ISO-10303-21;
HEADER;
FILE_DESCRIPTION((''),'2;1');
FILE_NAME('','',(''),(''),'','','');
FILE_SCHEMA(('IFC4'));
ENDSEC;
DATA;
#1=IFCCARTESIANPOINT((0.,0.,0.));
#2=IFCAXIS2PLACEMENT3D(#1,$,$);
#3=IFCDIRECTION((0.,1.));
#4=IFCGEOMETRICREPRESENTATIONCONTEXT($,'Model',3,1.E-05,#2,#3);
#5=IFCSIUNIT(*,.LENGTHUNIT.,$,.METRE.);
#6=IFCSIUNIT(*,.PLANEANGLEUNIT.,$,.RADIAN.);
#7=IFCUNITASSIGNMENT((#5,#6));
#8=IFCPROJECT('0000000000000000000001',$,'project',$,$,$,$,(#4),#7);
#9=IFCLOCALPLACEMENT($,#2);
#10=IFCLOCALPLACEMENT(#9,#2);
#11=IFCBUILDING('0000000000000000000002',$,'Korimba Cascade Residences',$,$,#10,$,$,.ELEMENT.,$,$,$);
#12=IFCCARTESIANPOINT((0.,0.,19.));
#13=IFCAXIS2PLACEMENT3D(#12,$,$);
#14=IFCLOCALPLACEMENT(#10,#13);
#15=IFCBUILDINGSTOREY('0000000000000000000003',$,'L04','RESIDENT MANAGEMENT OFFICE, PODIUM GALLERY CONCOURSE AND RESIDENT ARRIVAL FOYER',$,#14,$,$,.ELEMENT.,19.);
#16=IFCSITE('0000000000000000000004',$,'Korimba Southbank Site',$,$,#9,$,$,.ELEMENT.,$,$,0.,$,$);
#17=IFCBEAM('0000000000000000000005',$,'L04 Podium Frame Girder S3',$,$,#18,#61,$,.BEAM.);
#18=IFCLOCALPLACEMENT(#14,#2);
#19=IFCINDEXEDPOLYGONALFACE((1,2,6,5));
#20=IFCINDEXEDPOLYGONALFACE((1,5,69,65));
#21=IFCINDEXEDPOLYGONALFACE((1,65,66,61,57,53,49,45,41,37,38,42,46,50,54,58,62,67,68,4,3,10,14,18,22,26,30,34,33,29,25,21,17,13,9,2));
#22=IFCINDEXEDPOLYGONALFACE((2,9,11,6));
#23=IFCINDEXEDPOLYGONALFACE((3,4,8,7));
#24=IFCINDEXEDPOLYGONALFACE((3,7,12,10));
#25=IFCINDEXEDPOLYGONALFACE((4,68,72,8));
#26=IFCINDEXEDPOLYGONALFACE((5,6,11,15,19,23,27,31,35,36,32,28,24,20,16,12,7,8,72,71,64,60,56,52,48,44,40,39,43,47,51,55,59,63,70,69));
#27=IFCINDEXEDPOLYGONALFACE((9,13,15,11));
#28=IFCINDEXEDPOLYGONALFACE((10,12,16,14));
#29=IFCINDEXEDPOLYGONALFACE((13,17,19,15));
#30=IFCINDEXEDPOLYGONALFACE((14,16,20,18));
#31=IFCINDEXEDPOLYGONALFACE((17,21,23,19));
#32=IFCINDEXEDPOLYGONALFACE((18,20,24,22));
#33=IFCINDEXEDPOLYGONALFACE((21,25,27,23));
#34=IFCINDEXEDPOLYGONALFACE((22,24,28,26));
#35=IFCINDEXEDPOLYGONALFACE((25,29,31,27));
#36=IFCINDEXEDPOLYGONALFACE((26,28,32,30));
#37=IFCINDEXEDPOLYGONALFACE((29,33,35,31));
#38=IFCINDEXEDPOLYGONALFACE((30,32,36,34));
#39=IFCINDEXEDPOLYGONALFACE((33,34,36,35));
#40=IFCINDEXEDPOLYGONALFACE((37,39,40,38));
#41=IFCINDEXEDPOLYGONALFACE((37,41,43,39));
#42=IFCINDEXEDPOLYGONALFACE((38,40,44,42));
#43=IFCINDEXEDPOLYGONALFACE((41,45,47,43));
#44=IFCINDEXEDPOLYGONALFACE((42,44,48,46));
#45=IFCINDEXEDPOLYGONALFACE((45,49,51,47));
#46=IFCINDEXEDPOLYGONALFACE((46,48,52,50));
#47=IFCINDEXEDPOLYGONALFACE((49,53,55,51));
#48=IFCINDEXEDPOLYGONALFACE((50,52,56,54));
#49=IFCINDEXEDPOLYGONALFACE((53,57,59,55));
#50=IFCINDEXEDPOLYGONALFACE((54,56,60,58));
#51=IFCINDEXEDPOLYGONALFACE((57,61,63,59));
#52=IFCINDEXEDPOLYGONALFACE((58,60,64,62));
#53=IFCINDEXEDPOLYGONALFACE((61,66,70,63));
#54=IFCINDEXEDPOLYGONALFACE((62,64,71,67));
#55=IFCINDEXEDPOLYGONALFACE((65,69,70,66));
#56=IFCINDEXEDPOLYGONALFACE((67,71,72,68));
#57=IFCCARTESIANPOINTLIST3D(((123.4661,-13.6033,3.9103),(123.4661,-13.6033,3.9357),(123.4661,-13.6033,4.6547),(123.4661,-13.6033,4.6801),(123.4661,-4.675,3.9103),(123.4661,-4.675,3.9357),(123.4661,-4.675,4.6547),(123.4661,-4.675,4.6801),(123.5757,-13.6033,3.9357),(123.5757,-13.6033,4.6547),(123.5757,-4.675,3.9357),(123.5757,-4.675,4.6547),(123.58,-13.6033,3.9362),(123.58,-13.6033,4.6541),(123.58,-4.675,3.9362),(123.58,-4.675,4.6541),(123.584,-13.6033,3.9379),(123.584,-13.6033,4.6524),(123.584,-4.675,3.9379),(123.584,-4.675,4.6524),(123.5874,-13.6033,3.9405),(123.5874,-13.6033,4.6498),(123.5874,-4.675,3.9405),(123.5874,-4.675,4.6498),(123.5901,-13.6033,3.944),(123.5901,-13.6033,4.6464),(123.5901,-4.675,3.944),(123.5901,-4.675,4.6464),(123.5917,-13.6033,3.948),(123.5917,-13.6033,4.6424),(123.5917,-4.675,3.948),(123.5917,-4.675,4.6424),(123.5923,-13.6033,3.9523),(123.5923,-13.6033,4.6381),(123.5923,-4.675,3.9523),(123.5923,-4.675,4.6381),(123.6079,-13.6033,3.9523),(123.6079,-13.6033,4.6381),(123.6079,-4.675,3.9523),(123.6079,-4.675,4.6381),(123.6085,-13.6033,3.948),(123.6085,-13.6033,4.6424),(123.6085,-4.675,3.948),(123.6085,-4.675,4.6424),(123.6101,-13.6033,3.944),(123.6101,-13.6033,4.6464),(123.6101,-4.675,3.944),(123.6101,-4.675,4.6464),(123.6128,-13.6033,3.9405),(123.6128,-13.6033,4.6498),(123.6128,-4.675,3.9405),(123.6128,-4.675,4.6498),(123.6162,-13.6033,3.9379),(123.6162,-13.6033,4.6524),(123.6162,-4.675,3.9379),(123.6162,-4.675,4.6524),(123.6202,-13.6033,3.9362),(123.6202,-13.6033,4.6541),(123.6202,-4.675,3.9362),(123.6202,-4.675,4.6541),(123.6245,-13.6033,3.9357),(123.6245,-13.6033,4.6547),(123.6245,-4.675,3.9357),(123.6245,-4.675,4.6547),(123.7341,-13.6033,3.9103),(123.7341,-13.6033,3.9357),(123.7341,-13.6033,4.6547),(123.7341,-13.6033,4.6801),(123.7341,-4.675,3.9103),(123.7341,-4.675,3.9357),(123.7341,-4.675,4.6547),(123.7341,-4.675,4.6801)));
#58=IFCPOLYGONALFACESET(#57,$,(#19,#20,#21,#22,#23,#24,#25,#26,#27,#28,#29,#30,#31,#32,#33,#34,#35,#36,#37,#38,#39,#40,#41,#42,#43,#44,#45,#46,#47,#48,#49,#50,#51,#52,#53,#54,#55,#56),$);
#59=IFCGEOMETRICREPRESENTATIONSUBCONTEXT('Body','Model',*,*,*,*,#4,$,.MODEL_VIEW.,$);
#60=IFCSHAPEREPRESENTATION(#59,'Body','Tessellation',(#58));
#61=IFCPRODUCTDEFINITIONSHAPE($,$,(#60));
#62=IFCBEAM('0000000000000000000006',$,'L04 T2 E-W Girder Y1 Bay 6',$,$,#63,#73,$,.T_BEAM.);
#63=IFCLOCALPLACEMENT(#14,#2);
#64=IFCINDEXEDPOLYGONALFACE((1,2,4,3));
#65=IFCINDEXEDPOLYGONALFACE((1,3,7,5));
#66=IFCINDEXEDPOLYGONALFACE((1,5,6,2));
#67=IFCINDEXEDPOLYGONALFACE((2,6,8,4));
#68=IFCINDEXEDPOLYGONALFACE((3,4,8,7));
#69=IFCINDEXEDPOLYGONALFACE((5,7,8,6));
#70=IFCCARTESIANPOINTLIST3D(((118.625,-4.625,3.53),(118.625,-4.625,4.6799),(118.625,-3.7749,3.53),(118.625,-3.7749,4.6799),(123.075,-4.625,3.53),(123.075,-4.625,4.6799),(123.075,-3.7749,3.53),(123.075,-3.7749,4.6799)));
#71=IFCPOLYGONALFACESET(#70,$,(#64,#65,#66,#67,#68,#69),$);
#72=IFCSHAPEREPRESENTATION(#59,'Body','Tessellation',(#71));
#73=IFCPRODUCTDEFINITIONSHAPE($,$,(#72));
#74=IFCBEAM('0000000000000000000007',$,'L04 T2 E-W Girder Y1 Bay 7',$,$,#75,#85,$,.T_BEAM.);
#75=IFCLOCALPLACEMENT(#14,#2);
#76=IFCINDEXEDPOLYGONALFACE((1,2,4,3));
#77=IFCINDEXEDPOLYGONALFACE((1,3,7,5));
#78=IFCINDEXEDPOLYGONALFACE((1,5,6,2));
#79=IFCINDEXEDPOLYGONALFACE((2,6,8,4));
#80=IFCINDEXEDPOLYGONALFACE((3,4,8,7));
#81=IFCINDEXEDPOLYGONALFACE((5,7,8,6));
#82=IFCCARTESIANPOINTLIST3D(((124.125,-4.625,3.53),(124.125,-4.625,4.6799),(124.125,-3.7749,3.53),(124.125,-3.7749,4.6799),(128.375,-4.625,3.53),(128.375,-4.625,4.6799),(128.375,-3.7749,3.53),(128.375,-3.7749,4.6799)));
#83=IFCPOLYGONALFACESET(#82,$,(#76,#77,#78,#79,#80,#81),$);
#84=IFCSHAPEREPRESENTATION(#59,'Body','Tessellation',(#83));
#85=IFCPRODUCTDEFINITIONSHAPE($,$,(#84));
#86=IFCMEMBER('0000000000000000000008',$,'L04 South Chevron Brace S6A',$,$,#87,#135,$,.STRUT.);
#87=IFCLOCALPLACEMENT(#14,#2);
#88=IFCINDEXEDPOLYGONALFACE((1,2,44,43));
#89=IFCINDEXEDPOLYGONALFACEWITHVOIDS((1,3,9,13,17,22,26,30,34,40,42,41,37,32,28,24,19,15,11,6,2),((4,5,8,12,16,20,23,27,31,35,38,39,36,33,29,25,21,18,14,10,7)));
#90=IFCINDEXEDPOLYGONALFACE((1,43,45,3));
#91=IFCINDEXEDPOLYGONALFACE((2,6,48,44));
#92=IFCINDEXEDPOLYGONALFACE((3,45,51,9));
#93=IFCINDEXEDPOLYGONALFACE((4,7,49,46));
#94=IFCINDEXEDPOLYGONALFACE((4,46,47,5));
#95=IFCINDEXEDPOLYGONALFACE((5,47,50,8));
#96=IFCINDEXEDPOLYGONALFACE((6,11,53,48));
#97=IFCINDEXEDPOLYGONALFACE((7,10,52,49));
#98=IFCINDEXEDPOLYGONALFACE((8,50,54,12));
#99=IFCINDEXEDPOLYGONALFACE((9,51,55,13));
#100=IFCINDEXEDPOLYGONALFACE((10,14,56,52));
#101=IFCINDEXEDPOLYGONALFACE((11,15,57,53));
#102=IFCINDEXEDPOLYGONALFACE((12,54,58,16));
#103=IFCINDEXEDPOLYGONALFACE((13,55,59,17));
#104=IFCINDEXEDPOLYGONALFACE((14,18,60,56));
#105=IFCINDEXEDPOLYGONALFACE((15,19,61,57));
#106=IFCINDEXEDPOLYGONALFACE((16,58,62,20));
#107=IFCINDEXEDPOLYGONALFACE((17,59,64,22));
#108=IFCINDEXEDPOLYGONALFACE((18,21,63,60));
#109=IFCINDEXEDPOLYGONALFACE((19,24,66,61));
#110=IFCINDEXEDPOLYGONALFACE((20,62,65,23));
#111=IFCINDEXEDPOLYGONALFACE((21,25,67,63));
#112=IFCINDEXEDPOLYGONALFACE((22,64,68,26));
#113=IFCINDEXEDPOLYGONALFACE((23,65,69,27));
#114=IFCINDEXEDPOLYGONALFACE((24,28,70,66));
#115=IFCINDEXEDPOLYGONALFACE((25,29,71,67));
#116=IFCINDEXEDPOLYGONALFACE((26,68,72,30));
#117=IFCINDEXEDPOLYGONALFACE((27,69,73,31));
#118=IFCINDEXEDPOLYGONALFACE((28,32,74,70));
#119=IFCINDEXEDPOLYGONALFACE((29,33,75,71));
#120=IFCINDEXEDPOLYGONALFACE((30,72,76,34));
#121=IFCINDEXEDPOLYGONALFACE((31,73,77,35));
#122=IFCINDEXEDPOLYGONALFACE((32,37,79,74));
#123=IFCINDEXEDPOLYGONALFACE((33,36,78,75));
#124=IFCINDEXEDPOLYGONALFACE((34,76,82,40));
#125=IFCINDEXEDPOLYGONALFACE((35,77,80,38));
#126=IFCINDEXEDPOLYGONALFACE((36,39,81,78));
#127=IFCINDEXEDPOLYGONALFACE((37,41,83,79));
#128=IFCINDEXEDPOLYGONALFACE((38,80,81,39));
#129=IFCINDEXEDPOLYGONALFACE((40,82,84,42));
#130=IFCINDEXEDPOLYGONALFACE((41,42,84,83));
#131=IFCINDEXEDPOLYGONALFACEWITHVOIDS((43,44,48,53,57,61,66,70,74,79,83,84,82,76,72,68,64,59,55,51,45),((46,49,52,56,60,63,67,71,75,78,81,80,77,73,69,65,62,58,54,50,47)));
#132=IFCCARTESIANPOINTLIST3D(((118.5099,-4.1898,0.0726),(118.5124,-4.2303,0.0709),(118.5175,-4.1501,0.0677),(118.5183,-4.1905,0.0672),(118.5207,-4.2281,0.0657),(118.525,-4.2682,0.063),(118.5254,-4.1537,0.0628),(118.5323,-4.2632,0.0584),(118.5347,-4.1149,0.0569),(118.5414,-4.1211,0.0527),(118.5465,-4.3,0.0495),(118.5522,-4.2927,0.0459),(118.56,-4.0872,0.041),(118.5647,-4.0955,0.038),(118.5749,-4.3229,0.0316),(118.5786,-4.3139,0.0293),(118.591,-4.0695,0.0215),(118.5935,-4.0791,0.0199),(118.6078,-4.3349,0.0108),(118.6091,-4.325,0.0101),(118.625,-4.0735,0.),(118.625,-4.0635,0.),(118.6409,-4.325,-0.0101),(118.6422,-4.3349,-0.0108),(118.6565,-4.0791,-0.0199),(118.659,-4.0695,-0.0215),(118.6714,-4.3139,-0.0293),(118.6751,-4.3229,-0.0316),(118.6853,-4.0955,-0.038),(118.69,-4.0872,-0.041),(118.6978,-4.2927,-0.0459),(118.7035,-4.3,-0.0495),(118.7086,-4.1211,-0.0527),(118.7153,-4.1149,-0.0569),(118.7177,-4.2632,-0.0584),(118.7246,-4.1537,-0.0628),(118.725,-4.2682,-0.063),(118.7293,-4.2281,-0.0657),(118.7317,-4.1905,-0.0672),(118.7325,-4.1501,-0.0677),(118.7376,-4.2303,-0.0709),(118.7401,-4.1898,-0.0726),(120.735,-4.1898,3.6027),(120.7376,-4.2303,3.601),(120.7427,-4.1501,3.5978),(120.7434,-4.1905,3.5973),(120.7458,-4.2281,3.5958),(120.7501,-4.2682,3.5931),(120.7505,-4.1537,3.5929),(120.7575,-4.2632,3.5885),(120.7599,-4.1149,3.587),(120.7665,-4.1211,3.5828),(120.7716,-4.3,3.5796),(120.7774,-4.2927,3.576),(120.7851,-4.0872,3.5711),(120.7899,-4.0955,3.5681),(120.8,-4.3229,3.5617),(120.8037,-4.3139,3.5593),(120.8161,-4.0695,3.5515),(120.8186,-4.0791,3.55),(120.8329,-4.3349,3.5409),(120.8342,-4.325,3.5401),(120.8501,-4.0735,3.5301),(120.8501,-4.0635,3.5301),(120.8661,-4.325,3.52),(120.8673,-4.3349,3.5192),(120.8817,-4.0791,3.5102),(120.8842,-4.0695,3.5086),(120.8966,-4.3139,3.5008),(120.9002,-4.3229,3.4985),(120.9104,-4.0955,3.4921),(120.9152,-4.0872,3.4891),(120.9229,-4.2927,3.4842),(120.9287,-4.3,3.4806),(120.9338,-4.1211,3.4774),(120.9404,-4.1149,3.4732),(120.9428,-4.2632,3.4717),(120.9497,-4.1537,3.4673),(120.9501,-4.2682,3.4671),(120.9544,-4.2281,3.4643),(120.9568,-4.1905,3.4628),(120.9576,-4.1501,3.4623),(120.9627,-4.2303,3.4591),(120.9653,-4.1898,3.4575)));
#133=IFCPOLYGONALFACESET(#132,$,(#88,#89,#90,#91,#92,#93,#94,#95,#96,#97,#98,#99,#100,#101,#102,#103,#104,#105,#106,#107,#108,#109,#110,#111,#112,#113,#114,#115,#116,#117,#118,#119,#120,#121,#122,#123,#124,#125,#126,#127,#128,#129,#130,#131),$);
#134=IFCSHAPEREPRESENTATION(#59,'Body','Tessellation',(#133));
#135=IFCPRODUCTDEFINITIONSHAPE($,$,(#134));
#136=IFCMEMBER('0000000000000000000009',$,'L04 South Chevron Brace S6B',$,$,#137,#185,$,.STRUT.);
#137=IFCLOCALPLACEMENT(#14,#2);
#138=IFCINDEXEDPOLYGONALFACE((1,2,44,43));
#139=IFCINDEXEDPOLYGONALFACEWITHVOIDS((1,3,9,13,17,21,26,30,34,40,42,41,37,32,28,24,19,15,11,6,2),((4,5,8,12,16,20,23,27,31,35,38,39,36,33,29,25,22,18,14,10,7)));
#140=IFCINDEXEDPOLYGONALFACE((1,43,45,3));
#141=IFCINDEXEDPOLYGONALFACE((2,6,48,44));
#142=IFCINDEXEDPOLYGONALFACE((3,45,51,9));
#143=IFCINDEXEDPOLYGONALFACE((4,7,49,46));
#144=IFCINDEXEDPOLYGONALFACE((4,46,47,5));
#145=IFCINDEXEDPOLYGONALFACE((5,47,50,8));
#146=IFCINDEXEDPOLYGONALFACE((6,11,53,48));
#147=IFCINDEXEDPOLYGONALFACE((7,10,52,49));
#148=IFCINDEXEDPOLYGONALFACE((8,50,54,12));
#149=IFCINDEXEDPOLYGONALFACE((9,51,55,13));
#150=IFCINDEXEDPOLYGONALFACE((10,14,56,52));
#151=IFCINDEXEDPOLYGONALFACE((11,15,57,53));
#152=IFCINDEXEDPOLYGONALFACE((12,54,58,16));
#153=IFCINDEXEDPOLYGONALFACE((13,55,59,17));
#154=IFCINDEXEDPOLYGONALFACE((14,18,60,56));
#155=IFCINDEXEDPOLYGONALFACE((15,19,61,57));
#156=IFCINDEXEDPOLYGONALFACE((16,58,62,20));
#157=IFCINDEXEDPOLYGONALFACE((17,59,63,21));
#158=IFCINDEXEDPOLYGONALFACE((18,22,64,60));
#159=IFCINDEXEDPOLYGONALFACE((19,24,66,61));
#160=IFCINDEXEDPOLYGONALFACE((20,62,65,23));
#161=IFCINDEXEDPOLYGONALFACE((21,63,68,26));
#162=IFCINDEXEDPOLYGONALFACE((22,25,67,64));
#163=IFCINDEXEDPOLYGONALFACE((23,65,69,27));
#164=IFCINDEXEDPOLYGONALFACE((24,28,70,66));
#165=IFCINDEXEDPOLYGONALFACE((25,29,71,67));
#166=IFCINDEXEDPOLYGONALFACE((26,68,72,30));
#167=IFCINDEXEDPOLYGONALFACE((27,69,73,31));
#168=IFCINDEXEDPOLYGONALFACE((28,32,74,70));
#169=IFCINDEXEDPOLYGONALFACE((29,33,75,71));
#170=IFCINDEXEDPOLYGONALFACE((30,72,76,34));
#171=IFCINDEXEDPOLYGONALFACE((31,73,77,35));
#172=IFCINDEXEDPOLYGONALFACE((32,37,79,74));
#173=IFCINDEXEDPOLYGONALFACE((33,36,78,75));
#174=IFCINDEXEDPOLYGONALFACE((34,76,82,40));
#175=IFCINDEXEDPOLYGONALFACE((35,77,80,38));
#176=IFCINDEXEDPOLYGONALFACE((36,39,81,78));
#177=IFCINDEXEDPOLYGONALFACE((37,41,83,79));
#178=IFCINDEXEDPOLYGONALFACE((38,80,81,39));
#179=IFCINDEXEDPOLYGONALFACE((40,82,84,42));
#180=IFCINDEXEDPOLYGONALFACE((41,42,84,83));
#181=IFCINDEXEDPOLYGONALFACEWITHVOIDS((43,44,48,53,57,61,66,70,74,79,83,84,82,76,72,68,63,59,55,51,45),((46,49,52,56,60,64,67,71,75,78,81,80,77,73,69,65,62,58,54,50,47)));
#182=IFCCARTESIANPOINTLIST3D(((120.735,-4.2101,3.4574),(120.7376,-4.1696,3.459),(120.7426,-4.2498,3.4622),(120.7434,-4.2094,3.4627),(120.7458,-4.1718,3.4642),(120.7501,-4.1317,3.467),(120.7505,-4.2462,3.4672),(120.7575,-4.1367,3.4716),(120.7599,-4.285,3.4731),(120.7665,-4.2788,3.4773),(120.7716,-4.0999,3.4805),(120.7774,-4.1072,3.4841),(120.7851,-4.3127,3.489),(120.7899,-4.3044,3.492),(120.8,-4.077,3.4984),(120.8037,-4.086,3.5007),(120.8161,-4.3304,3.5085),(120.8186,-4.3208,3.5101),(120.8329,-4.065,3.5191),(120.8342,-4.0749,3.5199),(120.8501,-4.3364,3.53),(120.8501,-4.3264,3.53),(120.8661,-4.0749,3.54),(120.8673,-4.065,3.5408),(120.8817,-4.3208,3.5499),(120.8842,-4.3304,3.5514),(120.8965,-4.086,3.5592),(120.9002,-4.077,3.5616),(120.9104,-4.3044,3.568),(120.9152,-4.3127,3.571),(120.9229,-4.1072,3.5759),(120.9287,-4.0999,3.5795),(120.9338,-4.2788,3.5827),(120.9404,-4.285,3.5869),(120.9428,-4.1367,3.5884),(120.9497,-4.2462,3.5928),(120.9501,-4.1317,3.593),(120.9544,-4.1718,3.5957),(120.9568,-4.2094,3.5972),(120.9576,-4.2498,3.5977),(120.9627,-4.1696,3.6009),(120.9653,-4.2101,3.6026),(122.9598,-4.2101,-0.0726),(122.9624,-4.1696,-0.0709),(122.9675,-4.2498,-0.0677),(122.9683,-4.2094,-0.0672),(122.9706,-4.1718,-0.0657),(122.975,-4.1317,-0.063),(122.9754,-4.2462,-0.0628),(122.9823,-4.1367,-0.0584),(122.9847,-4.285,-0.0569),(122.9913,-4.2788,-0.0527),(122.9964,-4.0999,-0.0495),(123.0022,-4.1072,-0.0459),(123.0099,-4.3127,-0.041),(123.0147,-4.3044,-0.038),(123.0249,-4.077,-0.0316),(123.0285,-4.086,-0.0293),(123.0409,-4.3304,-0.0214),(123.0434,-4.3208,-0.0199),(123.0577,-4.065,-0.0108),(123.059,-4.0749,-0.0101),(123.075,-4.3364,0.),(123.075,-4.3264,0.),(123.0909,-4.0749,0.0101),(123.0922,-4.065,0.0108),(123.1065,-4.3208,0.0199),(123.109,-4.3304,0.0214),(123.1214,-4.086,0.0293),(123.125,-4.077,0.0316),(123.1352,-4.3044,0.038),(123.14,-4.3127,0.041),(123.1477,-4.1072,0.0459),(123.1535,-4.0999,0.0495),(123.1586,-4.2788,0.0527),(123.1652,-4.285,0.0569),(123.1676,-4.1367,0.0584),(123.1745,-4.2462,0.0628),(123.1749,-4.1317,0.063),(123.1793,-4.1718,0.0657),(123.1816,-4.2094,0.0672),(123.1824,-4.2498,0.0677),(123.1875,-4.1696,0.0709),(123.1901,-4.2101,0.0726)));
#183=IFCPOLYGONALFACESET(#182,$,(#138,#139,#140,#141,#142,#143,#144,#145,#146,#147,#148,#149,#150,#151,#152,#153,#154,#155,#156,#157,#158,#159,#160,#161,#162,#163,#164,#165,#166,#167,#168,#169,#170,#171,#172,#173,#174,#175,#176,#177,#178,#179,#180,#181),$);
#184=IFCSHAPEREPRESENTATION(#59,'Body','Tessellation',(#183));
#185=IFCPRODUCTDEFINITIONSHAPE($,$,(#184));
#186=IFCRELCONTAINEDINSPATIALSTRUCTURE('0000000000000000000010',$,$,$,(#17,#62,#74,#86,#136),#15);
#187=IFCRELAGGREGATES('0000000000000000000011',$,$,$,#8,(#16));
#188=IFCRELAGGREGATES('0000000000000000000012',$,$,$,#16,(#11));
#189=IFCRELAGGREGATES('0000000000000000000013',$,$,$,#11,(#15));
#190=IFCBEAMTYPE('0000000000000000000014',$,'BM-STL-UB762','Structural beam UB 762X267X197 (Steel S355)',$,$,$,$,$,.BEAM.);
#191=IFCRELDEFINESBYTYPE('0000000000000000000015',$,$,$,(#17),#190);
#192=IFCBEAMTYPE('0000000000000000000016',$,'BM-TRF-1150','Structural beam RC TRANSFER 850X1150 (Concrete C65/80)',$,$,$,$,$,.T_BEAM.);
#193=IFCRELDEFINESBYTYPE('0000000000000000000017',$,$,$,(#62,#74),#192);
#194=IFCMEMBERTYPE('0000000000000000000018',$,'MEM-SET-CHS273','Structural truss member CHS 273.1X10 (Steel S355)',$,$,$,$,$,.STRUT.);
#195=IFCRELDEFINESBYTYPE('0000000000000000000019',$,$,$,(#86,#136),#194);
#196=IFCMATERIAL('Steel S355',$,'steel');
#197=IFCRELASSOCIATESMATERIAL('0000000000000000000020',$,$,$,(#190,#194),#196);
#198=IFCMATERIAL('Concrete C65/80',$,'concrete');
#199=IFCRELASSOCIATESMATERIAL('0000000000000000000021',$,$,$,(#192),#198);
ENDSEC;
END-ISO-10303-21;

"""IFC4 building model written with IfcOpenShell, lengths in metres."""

from ifc_helpers import new_model, si_unit, direction, frame, origin, origin_2d, place, context, subcontext, project, spatial, rectangle, hollow_circle, i_section, extrude, material, material_profile, profile_set, type_object, element, save


model = new_model("IFC4")

# Units and contexts
model_context = context("Model", 3, precision=1e-05, world=origin(), true_north=direction((0.0, 1.0)))
body_context = subcontext(model_context, "Body", "Model", "MODEL_VIEW")
ifc_project = project(units=[si_unit("LENGTHUNIT", "METRE"), si_unit("PLANEANGLEUNIT", "RADIAN")], contexts=[model_context])

# Site, building, storey
site_placement = place(None, origin())
site = spatial("IfcSite", under=ifc_project, at=site_placement, Name="Korimba Southbank Site", CompositionType="ELEMENT", RefElevation=0.0)
building_placement = place(site_placement, origin())
building = spatial("IfcBuilding", under=site, at=building_placement, Name="Korimba Cascade Residences", CompositionType="ELEMENT")
storey_placement = place(building_placement, frame((0.0, 0.0, 19.0)))
storey = spatial("IfcBuildingStorey", under=building, at=storey_placement, Name="L04", Description="RESIDENT MANAGEMENT OFFICE, PODIUM GALLERY CONCOURSE AND RESIDENT ARRIVAL FOYER", CompositionType="ELEMENT", Elevation=19.0)

# Shared definitions
ifc_material_1 = material(Name="Steel S355", Category="steel")

# Beams
ifc_material_profile_1 = material_profile(ifc_material_1, i_section(OverallWidth=0.2681, OverallDepth=0.7698, WebThickness=0.0156, FlangeThickness=0.0254, FilletRadius=0.0166, at=origin_2d()), Name="Steel S355")
ifc_profile_set_1 = profile_set([ifc_material_profile_1], Name="Steel S355")
beam_type_1 = type_object("IfcBeamType", Name="BM-STL-UB762", Description="Structural beam UB 762X267X197 (Steel S355)", PredefinedType="BEAM", material=ifc_profile_set_1)
beam_1_placement = place(storey_placement, frame((123.6001, -13.6033, 4.2952), z_axis=(0.0, 1.0, 0.0), x_axis=(-1.0, 0.0, 0.0)))
element("IfcBeam", 1, at=beam_1_placement, inside=storey, type_object=beam_type_1, Name="L04 Podium Frame Girder S3", PredefinedType="BEAM", context=body_context, shape_type="SweptSolid", body=[
    extrude(i_section(OverallWidth=0.2681, OverallDepth=0.7698, WebThickness=0.0156, FlangeThickness=0.0254, FilletRadius=0.0166, at=origin_2d()), origin(), (0.0, 0.0, 1.0), 8.9282),
])
ifc_material_2 = material(Name="Concrete C65/80", Category="concrete")
ifc_material_profile_2 = material_profile(ifc_material_2, rectangle(XDim=0.8501, YDim=1.1499, at=origin_2d()), Name="Concrete C65/80")
ifc_profile_set_2 = profile_set([ifc_material_profile_2], Name="Concrete C65/80")
beam_type_2 = type_object("IfcBeamType", Name="BM-TRF-1150", Description="Structural beam RC TRANSFER 850X1150 (Concrete C65/80)", PredefinedType="T_BEAM", material=ifc_profile_set_2)
beam_2_placement = place(storey_placement, frame((118.625, -4.2, 4.105), z_axis=(1.0, 0.0, 0.0), x_axis=(0.0, 1.0, 0.0)))
element("IfcBeam", 2, at=beam_2_placement, inside=storey, type_object=beam_type_2, Name="L04 T2 E-W Girder Y1 Bay 6", PredefinedType="T_BEAM", context=body_context, shape_type="SweptSolid", body=[
    extrude(rectangle(XDim=0.8501, YDim=1.1499, at=origin_2d()), origin(), (0.0, 0.0, 1.0), 4.45),
])
beam_3_placement = place(storey_placement, frame((124.125, -4.2, 4.105), z_axis=(1.0, 0.0, 0.0), x_axis=(0.0, 1.0, 0.0)))
element("IfcBeam", 3, at=beam_3_placement, inside=storey, type_object=beam_type_2, Name="L04 T2 E-W Girder Y1 Bay 7", PredefinedType="T_BEAM", context=body_context, shape_type="SweptSolid", body=[
    extrude(rectangle(XDim=0.8501, YDim=1.1499, at=origin_2d()), origin(), (0.0, 0.0, 1.0), 4.25),
])

# Members
ifc_material_profile_3 = material_profile(ifc_material_1, hollow_circle(Radius=0.1365, WallThickness=0.01, at=origin_2d()), Name="Steel S355")
ifc_profile_set_3 = profile_set([ifc_material_profile_3], Name="Steel S355")
member_type = type_object("IfcMemberType", Name="MEM-SET-CHS273", Description="Structural truss member CHS 273.1X10 (Steel S355)", PredefinedType="STRUT", material=ifc_profile_set_3)
member_1_placement = place(storey_placement, frame((118.625, -4.2, 0.0), z_axis=(0.53324, 0.0, 0.845964), x_axis=(0.0, 1.0, 0.0)))
element("IfcMember", 4, at=member_1_placement, inside=storey, type_object=member_type, Name="L04 South Chevron Brace S6A", PredefinedType="STRUT", context=body_context, shape_type="SweptSolid", body=[
    extrude(hollow_circle(Radius=0.1365, WallThickness=0.01, at=origin_2d()), origin(), (0.0, 0.0, 1.0), 4.1729),
])
member_2_placement = place(storey_placement, frame((123.075, -4.2, 0.0), z_axis=(-0.533198, 0.0, 0.84599), x_axis=(0.0, -1.0, 0.0)))
element("IfcMember", 5, at=member_2_placement, inside=storey, type_object=member_type, Name="L04 South Chevron Brace S6B", PredefinedType="STRUT", context=body_context, shape_type="SweptSolid", body=[
    extrude(hollow_circle(Radius=0.1365, WallThickness=0.01, at=origin_2d()), origin(), (0.0, 0.0, 1.0), 4.1726),
])

save(model, "model.ifc")
